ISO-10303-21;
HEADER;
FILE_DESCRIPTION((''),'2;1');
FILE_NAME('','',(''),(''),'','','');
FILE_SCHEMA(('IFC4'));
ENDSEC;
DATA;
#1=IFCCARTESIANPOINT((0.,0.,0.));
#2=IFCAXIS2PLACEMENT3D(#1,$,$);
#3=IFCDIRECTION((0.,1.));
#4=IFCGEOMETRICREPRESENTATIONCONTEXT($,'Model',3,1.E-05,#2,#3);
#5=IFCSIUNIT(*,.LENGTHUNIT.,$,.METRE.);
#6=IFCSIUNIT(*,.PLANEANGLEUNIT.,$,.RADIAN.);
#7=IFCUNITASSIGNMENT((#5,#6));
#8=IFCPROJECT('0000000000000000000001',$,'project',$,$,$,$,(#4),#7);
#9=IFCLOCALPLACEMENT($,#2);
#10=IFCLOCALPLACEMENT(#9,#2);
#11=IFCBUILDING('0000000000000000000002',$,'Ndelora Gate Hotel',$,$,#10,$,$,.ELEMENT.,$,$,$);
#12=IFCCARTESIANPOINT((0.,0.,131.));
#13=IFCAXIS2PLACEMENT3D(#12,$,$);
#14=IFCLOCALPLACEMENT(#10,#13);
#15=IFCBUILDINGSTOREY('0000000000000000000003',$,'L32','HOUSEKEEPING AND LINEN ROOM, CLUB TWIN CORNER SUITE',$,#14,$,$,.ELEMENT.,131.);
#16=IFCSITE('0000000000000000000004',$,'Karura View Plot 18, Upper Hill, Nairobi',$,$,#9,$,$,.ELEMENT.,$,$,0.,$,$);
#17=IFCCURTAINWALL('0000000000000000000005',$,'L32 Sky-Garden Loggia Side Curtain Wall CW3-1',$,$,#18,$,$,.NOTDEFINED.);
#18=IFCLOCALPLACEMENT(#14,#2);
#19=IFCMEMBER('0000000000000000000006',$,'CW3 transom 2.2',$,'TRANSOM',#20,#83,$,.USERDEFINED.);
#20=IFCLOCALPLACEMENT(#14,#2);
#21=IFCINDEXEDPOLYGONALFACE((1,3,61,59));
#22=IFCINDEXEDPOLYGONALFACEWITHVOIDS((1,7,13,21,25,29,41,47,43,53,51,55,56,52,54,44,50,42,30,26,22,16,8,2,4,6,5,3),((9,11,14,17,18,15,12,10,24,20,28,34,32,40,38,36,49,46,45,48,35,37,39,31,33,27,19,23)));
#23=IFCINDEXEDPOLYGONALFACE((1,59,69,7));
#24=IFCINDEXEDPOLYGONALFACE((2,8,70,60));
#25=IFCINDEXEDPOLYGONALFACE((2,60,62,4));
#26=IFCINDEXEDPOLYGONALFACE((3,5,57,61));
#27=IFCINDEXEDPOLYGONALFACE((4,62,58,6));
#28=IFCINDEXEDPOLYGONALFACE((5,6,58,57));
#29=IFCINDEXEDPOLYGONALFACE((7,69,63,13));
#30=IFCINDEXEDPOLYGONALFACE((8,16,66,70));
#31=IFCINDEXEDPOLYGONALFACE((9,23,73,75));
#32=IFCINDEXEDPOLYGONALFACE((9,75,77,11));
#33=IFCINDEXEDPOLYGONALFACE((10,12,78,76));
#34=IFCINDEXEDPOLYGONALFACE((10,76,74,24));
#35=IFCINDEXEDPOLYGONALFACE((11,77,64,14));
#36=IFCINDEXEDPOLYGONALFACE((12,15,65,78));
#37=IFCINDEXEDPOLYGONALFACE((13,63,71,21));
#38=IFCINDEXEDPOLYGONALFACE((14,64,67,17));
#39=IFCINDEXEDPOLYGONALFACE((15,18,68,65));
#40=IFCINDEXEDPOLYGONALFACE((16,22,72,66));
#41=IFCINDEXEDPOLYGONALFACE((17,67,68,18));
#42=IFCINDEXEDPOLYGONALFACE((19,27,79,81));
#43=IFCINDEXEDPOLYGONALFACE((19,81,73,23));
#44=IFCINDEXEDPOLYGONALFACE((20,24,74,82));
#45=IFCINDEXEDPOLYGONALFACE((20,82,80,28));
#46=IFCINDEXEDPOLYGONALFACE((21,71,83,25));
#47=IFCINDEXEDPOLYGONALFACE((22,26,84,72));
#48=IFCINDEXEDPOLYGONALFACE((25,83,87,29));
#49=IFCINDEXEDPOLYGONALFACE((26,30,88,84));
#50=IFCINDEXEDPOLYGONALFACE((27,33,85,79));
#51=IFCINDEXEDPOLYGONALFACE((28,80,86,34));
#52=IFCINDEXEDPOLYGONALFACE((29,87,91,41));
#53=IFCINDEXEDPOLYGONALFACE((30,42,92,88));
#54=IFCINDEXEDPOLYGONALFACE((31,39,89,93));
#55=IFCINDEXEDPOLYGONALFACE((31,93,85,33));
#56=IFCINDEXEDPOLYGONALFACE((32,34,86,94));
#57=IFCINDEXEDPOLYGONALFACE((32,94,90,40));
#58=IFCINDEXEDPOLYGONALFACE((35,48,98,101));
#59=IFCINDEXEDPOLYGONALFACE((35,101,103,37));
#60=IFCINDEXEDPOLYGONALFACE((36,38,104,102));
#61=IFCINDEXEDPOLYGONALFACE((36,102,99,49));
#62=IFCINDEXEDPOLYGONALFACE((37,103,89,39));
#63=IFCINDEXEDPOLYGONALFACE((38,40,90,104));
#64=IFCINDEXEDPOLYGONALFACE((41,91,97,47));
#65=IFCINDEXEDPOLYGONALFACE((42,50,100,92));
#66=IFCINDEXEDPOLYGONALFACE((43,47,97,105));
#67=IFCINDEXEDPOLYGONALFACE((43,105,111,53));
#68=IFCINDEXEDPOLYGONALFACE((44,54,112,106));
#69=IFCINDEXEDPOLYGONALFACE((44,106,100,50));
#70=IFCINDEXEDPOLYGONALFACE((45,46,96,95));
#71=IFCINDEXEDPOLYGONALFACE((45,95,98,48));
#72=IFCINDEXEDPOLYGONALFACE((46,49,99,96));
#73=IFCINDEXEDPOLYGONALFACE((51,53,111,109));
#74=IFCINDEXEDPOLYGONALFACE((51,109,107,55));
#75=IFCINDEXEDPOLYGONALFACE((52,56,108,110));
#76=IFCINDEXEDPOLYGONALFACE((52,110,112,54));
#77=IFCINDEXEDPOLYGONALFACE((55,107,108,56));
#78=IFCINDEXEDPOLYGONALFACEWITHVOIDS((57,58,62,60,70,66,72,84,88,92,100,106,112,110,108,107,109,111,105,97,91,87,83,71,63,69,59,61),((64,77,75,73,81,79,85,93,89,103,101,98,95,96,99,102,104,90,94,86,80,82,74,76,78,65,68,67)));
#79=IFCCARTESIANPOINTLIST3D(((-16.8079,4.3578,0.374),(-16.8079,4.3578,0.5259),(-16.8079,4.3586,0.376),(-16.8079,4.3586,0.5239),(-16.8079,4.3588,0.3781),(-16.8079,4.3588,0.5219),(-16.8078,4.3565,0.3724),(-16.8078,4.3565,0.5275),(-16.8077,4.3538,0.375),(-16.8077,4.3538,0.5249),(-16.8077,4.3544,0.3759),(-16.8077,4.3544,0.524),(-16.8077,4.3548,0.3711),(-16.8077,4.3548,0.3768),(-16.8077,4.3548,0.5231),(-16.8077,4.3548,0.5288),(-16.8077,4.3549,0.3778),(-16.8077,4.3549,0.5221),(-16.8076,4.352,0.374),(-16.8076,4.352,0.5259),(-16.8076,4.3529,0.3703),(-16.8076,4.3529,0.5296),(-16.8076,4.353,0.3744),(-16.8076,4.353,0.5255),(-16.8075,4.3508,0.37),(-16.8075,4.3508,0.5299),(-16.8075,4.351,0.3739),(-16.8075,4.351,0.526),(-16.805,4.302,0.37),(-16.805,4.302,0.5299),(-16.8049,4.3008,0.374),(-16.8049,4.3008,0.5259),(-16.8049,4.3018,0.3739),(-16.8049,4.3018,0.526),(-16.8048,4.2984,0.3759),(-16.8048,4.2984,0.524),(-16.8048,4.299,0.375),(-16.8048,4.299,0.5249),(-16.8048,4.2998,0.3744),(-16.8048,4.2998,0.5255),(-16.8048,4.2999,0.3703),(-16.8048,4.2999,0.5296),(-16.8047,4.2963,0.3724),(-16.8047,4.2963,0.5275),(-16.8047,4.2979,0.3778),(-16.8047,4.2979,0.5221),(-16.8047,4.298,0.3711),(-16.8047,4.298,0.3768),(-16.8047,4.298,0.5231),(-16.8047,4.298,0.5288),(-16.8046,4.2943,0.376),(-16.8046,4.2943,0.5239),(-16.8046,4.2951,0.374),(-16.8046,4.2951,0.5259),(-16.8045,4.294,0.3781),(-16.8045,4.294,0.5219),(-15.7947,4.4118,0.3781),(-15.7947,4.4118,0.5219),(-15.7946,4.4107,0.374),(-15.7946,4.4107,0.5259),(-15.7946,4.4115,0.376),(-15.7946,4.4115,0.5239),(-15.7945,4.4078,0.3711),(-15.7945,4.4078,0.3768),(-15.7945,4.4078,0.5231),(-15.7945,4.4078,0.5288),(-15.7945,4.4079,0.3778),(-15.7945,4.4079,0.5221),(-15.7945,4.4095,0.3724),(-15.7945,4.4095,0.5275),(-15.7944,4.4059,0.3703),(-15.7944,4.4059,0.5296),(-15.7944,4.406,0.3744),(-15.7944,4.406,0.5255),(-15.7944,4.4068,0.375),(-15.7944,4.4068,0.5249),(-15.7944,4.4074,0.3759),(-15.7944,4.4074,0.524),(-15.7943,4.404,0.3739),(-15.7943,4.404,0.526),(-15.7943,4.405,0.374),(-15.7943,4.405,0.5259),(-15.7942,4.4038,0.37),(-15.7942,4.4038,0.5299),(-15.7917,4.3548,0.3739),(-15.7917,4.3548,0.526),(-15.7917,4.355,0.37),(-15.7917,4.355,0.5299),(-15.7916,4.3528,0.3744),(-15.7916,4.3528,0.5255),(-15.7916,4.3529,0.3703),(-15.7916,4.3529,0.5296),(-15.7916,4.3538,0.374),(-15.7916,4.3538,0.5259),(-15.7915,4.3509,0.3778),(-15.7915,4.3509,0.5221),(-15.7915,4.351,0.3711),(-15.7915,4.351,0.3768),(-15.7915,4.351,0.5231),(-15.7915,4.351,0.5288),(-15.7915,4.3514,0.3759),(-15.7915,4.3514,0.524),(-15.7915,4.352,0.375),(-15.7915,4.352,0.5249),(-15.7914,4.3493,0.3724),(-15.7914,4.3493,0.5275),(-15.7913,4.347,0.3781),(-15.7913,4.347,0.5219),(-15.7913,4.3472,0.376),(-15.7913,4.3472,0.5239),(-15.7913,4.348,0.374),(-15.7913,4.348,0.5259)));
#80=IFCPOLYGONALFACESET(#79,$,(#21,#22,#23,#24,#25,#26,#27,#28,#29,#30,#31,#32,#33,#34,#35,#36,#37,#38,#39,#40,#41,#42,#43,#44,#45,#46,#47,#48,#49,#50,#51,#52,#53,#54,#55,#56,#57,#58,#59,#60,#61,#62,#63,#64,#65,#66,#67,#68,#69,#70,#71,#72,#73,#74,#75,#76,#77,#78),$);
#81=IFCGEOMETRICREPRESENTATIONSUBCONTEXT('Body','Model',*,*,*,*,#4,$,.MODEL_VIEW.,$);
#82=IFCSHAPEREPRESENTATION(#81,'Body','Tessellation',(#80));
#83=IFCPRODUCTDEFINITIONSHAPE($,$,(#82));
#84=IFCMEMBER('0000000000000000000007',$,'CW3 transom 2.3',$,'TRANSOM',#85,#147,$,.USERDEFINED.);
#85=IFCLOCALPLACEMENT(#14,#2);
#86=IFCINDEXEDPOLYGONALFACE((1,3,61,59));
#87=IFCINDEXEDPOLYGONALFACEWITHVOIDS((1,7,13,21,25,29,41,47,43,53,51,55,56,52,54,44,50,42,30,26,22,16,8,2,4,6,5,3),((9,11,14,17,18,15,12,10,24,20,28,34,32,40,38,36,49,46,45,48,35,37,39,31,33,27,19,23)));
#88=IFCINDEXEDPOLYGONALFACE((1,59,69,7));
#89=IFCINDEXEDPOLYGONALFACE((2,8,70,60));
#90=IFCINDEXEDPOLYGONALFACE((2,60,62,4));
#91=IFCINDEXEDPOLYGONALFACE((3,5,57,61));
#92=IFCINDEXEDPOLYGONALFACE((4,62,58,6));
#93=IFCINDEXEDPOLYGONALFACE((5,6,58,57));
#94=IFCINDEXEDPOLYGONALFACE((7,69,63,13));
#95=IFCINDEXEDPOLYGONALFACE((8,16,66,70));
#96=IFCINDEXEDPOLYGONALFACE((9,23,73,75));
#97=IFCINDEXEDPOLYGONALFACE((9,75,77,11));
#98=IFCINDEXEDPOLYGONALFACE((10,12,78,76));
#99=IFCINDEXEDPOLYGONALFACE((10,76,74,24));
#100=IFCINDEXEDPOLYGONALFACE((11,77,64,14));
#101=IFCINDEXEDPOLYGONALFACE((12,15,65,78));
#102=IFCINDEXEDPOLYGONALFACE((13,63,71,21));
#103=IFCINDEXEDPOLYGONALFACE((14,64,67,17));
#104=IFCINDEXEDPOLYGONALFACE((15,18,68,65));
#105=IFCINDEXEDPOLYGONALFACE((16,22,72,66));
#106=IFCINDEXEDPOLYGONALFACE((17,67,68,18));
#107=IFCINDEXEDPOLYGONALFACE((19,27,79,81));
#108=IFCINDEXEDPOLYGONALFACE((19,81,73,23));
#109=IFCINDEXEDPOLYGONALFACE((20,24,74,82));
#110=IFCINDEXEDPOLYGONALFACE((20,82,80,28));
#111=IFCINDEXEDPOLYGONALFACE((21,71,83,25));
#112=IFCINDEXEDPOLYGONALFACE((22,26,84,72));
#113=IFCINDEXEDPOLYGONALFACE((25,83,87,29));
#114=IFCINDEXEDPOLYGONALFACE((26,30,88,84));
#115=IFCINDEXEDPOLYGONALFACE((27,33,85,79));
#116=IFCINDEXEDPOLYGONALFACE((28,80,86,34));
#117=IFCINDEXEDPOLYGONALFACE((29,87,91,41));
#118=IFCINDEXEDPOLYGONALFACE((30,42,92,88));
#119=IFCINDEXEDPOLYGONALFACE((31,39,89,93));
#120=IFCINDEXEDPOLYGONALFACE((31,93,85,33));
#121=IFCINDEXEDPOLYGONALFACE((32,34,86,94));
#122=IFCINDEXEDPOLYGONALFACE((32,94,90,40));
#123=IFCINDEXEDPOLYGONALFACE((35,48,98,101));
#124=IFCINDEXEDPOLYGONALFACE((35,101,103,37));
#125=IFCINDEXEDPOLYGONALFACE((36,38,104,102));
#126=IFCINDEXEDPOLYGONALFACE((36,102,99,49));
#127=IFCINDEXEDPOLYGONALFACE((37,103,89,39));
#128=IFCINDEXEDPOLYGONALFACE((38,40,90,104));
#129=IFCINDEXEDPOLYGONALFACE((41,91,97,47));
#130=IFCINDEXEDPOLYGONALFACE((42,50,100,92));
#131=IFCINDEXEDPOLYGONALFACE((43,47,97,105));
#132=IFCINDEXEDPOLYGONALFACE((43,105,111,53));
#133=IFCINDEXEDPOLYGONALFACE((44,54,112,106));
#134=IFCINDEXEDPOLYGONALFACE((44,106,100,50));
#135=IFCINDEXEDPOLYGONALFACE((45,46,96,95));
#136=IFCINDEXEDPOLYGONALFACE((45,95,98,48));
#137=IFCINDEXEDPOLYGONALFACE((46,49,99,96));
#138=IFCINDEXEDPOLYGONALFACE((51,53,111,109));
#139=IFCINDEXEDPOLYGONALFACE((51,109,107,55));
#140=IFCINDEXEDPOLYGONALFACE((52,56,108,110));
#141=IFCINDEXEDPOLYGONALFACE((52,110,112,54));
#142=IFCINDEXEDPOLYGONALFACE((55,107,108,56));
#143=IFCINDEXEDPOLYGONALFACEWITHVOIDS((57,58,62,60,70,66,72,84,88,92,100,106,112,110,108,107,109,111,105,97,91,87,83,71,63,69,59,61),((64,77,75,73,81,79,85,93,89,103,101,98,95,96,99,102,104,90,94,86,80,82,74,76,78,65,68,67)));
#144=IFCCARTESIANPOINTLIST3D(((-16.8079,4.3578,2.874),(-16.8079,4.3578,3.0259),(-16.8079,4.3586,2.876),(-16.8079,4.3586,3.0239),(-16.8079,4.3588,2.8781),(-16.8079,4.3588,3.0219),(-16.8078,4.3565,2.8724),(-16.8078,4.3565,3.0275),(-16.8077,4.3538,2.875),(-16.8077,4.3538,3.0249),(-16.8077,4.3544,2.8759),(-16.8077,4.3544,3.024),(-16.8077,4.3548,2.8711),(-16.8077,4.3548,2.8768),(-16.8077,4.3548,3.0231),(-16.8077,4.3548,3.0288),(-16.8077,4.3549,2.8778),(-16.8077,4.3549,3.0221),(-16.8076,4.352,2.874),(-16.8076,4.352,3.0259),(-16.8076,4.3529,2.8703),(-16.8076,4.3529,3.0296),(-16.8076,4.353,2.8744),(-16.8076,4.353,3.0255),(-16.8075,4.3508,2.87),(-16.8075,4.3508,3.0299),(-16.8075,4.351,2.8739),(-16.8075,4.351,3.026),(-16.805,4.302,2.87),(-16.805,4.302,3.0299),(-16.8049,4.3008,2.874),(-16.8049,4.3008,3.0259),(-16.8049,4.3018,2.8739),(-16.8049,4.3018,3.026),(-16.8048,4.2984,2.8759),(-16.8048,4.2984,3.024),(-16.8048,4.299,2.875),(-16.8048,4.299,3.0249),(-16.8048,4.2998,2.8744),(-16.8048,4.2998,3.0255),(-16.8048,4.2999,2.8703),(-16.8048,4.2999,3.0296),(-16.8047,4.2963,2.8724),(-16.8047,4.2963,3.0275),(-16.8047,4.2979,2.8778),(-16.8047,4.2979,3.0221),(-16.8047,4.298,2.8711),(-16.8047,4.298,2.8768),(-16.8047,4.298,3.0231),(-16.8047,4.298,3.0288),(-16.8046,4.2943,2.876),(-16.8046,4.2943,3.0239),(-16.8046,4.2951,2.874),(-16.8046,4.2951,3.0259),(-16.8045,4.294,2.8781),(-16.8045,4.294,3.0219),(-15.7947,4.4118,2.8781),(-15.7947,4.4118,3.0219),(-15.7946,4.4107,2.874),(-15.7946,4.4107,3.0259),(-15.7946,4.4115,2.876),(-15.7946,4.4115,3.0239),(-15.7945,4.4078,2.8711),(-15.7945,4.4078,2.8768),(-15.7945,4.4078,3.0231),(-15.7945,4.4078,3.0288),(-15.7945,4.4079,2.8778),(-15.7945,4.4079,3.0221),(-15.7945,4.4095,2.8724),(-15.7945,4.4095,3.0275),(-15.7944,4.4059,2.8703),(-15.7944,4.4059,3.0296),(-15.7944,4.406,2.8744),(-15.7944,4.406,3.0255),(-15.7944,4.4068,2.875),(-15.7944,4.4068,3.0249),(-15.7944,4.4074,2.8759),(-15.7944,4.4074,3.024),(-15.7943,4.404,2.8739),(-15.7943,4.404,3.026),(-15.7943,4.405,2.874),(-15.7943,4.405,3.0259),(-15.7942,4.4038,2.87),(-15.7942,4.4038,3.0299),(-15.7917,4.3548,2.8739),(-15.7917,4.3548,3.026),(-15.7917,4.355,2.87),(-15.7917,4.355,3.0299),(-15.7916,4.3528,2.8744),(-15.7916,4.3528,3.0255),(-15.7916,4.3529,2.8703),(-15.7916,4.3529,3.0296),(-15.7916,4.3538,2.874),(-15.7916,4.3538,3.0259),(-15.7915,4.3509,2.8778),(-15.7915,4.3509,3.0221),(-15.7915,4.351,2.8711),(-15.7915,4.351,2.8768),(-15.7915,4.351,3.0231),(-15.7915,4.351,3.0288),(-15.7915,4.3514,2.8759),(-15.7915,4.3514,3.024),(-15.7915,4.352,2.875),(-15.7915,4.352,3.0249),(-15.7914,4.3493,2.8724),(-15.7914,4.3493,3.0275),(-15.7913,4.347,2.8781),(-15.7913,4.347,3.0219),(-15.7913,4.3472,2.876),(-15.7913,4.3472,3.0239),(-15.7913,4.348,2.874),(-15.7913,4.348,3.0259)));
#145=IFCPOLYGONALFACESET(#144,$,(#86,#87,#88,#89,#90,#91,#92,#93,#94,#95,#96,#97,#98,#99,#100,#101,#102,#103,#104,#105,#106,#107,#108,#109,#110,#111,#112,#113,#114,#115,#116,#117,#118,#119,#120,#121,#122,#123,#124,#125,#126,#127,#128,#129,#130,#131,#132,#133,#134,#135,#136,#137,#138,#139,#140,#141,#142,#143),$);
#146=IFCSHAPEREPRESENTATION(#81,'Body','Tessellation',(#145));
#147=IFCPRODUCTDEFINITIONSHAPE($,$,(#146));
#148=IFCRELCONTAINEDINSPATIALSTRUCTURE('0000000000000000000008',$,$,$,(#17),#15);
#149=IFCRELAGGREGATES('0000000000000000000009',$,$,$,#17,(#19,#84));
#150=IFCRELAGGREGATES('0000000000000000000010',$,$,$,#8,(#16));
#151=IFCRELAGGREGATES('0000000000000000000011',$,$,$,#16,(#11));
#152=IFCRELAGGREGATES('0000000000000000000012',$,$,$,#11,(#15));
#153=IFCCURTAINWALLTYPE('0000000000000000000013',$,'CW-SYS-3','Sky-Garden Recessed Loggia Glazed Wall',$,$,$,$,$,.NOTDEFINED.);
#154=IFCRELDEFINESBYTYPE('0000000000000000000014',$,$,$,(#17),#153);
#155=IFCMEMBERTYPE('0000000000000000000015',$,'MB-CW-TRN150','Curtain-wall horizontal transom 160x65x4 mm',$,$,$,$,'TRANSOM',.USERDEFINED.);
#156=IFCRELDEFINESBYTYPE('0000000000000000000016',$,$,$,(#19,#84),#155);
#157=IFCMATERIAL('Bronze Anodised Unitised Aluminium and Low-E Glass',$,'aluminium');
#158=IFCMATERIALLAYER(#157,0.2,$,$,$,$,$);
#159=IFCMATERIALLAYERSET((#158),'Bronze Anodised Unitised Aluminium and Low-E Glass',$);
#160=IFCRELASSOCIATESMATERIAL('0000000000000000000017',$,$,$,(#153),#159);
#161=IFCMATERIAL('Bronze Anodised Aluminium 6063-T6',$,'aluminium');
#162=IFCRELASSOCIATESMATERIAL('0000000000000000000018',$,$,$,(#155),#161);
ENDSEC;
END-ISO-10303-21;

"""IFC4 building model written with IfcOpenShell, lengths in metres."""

from ifc_helpers import new_model, si_unit, direction, frame, origin, origin_2d, place, context, subcontext, project, spatial, hollow_rectangle, extrude, material, layer, layer_set, material_profile, profile_set, type_object, element, aggregate, save


model = new_model("IFC4")

# Units and contexts
model_context = context("Model", 3, precision=1e-05, world=origin(), true_north=direction((0.0, 1.0)))
body_context = subcontext(model_context, "Body", "Model", "MODEL_VIEW")
ifc_project = project(units=[si_unit("LENGTHUNIT", "METRE"), si_unit("PLANEANGLEUNIT", "RADIAN")], contexts=[model_context])

# Site, building, storey
site_placement = place(None, origin())
site = spatial("IfcSite", under=ifc_project, at=site_placement, Name="Karura View Plot 18, Upper Hill, Nairobi", CompositionType="ELEMENT", RefElevation=0.0)
building_placement = place(site_placement, origin())
building = spatial("IfcBuilding", under=site, at=building_placement, Name="Ndelora Gate Hotel", CompositionType="ELEMENT")
storey_placement = place(building_placement, frame((0.0, 0.0, 131.0)))
storey = spatial("IfcBuildingStorey", under=building, at=storey_placement, Name="L32", Description="HOUSEKEEPING AND LINEN ROOM, CLUB TWIN CORNER SUITE", CompositionType="ELEMENT", Elevation=131.0)

# Curtain wall, members
ifc_material_1 = material(Name="Bronze Anodised Unitised Aluminium and Low-E Glass", Category="aluminium")
ifc_layer_1 = layer(ifc_material_1, 0.2)
ifc_layer_set_1 = layer_set([ifc_layer_1], Name="Bronze Anodised Unitised Aluminium and Low-E Glass")
curtain_wall_type = type_object("IfcCurtainWallType", Name="CW-SYS-3", Description="Sky-Garden Recessed Loggia Glazed Wall", PredefinedType="NOTDEFINED", material=ifc_layer_set_1)
curtain_wall_placement = place(storey_placement, origin())
curtain_wall = element("IfcCurtainWall", 1, at=curtain_wall_placement, inside=storey, type_object=curtain_wall_type, Name="L32 Sky-Garden Loggia Side Curtain Wall CW3-1", PredefinedType="NOTDEFINED")
ifc_material_2 = material(Name="Bronze Anodised Aluminium 6063-T6", Category="aluminium")
ifc_material_profile_1 = material_profile(ifc_material_2, hollow_rectangle(XDim=0.0649, YDim=0.1599, WallThickness=0.0039, InnerFilletRadius=0.0039, OuterFilletRadius=0.0081, at=origin_2d()), Name="ALU 160x65x4")
ifc_profile_set_1 = profile_set([ifc_material_profile_1], Name="Bronze Anodised Aluminium 6063-T6")
member_type_1 = type_object("IfcMemberType", Name="MB-CW-TRN150", Description="Curtain-wall horizontal transom 160x65x4 mm", ElementType="TRANSOM", PredefinedType="USERDEFINED", material=ifc_profile_set_1)
member_1_placement = place(storey_placement, frame((-15.793, 4.3794, 0.45), z_axis=(-0.998636, -0.052218, 0.0), x_axis=(0.052218, -0.998636, 0.0)))
member_1 = element("IfcMember", 2, at=member_1_placement, type_object=member_type_1, Name="CW3 transom 2.2", ObjectType="TRANSOM", PredefinedType="USERDEFINED", context=body_context, shape_type="SweptSolid", body=[
    extrude(hollow_rectangle(XDim=0.0649, YDim=0.1599, WallThickness=0.0039, InnerFilletRadius=0.0039, OuterFilletRadius=0.0081, at=origin_2d()), origin(), (0.0, 0.0, 1.0), 1.0146),
])
member_2_placement = place(storey_placement, frame((-15.793, 4.3794, 2.95), z_axis=(-0.998636, -0.052218, 0.0), x_axis=(0.052218, -0.998636, 0.0)))
member_2 = element("IfcMember", 3, at=member_2_placement, type_object=member_type_1, Name="CW3 transom 2.3", ObjectType="TRANSOM", PredefinedType="USERDEFINED", context=body_context, shape_type="SweptSolid", body=[
    extrude(hollow_rectangle(XDim=0.0649, YDim=0.1599, WallThickness=0.0039, InnerFilletRadius=0.0039, OuterFilletRadius=0.0081, at=origin_2d()), origin(), (0.0, 0.0, 1.0), 1.0146),
])
aggregate(curtain_wall, [member_1, member_2])

save(model, "model.ifc")
